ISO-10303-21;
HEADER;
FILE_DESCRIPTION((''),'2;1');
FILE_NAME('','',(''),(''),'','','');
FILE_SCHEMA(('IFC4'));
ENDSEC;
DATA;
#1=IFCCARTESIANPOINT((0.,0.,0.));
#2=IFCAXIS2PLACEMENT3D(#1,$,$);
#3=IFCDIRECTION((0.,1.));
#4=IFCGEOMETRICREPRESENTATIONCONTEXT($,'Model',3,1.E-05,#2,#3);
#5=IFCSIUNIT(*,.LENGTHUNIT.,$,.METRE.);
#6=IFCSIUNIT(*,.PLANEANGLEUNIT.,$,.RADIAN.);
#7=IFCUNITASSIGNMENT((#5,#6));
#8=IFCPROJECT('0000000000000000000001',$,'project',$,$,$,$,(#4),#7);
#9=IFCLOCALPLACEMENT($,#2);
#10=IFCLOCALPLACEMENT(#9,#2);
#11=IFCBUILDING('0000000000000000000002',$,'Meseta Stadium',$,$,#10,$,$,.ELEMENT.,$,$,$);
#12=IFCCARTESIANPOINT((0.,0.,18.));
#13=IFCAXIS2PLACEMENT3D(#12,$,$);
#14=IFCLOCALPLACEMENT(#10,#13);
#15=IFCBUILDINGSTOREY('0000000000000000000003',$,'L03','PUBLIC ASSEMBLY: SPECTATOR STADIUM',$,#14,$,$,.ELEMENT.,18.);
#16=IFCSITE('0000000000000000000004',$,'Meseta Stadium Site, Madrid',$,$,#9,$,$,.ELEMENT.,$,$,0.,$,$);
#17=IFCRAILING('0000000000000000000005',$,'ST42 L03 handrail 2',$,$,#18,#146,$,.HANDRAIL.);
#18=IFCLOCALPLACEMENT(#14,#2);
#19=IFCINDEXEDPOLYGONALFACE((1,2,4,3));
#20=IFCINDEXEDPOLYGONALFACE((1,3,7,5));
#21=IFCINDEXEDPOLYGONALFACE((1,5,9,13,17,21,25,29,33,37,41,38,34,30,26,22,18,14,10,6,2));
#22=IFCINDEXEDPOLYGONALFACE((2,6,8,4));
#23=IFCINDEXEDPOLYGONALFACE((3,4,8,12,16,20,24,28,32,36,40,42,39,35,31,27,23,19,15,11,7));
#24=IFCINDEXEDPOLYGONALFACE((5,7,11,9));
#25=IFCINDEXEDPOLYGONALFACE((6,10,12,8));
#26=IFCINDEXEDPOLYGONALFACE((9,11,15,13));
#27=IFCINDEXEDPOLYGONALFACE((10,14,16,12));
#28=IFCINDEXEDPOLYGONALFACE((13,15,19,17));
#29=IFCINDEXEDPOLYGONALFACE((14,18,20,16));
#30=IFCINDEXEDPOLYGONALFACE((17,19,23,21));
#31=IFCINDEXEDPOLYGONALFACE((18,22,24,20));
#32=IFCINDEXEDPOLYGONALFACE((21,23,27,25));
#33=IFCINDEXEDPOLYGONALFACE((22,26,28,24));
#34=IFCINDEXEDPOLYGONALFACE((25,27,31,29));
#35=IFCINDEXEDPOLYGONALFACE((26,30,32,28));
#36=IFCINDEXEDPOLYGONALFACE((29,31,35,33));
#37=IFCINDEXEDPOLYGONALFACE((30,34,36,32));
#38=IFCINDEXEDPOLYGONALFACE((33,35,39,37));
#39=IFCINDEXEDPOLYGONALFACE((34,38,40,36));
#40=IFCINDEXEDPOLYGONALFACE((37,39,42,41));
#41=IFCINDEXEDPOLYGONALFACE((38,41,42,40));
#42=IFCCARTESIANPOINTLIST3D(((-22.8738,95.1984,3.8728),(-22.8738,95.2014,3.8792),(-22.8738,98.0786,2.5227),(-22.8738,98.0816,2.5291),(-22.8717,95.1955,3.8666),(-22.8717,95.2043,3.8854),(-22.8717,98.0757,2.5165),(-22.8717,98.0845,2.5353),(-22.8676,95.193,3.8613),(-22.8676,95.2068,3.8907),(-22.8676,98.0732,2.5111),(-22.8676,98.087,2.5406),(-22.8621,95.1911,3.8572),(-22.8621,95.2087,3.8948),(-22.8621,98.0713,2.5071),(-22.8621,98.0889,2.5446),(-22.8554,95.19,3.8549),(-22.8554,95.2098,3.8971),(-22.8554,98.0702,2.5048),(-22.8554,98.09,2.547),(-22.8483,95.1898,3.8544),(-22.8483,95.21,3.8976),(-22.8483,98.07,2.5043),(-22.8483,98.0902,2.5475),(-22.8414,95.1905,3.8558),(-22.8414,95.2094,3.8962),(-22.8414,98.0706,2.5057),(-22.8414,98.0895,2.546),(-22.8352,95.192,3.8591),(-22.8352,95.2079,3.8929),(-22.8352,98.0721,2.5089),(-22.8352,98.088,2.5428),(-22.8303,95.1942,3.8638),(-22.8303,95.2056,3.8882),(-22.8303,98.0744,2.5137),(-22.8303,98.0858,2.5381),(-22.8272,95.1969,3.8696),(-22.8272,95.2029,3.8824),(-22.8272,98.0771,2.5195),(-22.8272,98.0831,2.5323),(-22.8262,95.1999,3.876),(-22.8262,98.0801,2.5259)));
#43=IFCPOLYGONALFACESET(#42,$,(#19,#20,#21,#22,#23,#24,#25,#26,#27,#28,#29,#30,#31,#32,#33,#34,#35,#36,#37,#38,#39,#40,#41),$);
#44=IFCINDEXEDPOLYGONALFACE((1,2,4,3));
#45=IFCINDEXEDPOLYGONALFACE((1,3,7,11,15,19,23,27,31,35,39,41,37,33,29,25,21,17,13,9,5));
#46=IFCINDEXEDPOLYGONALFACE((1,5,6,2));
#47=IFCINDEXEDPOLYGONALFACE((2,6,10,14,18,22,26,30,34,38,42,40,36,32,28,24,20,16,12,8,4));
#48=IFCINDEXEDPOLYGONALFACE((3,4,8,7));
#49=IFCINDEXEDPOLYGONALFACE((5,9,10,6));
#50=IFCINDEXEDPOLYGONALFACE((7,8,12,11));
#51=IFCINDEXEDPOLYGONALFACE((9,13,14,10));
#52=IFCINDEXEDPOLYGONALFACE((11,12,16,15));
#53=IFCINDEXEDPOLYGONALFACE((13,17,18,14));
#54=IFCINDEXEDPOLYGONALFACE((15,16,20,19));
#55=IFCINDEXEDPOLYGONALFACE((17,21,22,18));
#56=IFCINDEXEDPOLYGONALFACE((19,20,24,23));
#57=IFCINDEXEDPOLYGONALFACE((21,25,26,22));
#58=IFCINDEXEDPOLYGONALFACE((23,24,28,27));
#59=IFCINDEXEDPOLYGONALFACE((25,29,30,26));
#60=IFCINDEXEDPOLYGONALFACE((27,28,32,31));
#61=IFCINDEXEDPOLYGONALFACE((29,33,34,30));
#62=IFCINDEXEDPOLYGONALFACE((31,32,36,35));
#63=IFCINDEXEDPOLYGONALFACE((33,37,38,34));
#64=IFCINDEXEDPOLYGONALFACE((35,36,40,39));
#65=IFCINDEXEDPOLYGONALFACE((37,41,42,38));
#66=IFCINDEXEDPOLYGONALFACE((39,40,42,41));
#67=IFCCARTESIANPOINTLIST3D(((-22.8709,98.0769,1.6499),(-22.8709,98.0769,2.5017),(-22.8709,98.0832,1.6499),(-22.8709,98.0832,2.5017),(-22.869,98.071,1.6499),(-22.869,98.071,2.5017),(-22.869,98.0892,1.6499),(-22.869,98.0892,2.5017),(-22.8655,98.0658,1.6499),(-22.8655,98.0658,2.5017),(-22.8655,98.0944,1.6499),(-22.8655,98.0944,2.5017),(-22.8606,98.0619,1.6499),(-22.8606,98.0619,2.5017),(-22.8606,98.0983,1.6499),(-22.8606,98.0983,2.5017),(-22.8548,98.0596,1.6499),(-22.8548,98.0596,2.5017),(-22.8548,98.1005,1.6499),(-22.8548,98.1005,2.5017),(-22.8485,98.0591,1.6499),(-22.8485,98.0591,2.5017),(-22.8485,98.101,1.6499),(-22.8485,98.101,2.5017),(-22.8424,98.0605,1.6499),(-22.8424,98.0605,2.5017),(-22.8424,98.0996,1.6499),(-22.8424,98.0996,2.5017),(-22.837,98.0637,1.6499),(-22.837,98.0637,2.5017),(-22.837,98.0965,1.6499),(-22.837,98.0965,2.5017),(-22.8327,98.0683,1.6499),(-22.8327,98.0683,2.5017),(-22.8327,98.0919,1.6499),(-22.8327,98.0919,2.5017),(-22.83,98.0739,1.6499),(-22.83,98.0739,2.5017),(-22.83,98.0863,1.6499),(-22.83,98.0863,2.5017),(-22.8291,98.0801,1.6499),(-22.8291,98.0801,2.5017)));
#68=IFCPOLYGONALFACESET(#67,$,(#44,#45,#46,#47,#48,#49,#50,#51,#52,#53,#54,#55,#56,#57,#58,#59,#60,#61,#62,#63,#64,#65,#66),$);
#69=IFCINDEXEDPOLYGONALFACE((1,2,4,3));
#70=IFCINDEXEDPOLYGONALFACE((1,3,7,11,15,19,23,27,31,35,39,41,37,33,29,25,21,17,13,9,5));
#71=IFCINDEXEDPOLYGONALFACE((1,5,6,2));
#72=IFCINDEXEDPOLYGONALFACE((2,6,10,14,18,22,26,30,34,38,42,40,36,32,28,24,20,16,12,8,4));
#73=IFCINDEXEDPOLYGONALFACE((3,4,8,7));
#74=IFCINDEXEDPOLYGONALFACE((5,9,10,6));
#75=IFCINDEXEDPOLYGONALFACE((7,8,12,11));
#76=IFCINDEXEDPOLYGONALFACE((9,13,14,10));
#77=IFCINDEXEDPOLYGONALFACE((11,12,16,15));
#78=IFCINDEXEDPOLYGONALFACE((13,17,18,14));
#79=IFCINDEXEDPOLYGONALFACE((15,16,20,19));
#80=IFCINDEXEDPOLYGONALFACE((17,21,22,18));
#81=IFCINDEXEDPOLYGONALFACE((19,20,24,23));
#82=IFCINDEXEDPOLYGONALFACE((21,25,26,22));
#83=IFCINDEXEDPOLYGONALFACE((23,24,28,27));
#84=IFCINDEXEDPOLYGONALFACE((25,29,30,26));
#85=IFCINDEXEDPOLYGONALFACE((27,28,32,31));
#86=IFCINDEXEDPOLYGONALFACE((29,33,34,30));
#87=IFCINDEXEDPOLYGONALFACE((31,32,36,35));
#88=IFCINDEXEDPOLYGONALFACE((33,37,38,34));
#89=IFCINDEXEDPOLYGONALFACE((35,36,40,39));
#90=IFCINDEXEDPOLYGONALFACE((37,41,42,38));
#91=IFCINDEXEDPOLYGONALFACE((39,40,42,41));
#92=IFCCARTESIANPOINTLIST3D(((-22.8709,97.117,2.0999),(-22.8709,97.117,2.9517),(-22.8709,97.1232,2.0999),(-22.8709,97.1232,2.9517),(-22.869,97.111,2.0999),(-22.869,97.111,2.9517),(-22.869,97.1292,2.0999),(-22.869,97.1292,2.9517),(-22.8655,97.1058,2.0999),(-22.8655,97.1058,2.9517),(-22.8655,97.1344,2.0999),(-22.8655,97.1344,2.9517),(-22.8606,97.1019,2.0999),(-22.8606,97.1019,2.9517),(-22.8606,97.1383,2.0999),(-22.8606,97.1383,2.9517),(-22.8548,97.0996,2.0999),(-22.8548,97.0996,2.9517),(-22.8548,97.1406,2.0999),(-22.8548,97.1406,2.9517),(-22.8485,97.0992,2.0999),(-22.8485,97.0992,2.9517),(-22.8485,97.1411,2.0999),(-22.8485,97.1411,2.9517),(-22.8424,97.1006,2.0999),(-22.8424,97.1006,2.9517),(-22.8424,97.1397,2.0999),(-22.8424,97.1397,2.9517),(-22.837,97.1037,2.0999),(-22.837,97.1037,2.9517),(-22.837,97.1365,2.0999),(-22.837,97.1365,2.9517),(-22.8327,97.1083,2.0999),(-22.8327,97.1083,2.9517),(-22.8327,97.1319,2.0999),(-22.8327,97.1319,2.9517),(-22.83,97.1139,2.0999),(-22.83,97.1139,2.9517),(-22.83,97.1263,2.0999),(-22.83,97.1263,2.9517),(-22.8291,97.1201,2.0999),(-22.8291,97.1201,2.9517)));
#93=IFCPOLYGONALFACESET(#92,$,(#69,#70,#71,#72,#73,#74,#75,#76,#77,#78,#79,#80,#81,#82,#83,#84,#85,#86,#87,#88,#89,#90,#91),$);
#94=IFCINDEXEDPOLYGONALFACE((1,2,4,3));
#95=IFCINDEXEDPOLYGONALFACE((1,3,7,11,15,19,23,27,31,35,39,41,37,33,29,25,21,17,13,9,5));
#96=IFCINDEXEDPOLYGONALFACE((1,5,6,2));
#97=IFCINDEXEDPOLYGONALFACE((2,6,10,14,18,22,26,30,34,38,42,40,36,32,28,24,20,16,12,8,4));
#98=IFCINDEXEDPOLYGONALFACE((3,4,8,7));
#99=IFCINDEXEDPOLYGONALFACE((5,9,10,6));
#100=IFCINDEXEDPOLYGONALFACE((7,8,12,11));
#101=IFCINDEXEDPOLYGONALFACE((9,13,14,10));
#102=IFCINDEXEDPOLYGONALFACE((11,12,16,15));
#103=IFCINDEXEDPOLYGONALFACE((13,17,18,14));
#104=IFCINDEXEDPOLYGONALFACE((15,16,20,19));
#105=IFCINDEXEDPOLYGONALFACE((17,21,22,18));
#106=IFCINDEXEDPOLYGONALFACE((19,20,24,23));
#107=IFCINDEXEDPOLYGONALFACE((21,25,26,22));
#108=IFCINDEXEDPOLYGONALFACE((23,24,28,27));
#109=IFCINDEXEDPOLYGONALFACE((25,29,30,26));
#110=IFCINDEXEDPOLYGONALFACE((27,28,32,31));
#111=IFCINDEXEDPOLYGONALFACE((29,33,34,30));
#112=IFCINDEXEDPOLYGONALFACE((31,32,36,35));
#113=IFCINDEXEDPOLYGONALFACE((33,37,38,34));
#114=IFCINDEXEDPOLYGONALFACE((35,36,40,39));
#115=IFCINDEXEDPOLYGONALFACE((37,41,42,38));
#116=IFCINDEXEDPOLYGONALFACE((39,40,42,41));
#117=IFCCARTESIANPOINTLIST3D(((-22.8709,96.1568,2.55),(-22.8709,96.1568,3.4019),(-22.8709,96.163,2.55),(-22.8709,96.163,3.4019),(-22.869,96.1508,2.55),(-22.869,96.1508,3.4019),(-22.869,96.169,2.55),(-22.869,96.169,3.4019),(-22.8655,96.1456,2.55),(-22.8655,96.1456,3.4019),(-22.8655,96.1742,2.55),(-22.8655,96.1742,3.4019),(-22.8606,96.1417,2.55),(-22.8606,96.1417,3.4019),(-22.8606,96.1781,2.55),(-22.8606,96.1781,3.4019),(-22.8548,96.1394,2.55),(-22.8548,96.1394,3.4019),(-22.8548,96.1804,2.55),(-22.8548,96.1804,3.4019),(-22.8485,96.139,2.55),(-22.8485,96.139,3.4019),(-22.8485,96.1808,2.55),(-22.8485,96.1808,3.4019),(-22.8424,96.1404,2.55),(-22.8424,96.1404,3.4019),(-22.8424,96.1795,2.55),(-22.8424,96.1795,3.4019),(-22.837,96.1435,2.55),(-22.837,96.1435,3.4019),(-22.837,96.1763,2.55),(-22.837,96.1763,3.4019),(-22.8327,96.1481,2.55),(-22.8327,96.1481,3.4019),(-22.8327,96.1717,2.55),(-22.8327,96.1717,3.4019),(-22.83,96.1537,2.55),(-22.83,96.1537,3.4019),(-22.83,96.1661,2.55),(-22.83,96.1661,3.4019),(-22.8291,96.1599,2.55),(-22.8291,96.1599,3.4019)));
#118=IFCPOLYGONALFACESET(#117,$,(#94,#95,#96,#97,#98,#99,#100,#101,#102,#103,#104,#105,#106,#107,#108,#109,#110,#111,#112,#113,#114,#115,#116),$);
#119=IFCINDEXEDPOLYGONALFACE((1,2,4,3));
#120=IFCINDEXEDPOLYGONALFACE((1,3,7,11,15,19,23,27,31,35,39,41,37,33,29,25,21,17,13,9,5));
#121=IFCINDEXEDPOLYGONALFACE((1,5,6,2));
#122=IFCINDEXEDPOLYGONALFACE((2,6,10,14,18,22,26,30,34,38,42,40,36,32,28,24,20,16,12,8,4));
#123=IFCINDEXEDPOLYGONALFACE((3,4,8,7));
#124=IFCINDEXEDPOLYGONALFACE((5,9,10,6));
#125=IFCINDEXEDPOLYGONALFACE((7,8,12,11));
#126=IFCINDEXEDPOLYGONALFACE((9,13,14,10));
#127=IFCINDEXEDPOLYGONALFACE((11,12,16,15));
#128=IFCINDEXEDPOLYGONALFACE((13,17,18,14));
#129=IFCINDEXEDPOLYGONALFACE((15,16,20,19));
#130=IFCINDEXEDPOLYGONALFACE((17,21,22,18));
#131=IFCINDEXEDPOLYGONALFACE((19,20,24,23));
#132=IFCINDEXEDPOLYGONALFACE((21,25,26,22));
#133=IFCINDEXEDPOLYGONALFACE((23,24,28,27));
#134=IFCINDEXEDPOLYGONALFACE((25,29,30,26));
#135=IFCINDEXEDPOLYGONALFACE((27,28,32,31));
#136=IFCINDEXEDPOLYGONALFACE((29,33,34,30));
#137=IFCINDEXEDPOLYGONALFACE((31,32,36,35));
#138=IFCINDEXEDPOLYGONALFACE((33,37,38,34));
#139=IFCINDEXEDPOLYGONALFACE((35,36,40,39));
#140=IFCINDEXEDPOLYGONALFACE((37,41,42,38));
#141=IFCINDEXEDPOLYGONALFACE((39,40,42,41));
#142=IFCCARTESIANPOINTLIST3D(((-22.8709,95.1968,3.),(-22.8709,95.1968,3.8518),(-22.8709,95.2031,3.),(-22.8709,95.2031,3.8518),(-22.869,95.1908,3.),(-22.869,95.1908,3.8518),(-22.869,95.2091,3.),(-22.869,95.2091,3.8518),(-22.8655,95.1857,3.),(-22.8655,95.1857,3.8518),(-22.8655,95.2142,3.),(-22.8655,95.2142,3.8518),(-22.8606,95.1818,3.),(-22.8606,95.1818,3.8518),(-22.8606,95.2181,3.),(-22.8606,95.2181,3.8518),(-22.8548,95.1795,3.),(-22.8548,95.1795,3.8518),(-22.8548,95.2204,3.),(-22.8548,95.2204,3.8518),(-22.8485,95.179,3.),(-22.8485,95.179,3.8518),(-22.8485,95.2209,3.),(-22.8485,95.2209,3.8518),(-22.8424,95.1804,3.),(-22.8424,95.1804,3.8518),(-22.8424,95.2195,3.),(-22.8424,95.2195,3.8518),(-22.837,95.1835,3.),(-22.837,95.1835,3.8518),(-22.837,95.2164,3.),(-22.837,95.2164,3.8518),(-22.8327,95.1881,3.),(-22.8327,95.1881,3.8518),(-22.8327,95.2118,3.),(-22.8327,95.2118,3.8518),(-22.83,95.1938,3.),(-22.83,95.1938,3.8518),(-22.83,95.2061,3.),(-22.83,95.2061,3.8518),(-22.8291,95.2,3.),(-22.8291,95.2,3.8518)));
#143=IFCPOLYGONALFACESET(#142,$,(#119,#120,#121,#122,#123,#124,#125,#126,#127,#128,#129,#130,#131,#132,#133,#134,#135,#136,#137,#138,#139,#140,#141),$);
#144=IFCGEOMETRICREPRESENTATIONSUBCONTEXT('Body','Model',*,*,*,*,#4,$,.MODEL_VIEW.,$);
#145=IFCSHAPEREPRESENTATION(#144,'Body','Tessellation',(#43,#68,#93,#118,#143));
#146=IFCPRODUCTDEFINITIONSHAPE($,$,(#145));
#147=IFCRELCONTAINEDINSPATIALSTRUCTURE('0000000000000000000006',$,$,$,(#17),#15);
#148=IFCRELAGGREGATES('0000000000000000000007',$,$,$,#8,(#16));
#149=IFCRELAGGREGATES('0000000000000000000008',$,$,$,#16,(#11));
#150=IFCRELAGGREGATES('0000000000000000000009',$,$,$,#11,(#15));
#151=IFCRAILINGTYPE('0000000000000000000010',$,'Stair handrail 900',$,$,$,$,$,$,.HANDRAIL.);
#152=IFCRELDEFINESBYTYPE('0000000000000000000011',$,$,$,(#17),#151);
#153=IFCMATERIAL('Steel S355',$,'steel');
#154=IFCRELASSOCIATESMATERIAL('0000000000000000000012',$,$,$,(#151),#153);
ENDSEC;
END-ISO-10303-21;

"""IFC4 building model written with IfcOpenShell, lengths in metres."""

from ifc_helpers import new_model, si_unit, direction, frame, origin, origin_2d, place, context, subcontext, project, spatial, circle, extrude, material, type_object, element, save


model = new_model("IFC4")

# Units and contexts
model_context = context("Model", 3, precision=1e-05, world=origin(), true_north=direction((0.0, 1.0)))
body_context = subcontext(model_context, "Body", "Model", "MODEL_VIEW")
ifc_project = project(units=[si_unit("LENGTHUNIT", "METRE"), si_unit("PLANEANGLEUNIT", "RADIAN")], contexts=[model_context])

# Site, building, storey
site_placement = place(None, origin())
site = spatial("IfcSite", under=ifc_project, at=site_placement, Name="Meseta Stadium Site, Madrid", CompositionType="ELEMENT", RefElevation=0.0)
building_placement = place(site_placement, origin())
building = spatial("IfcBuilding", under=site, at=building_placement, Name="Meseta Stadium", CompositionType="ELEMENT")
storey_placement = place(building_placement, frame((0.0, 0.0, 18.0)))
storey = spatial("IfcBuildingStorey", under=building, at=storey_placement, Name="L03", Description="PUBLIC ASSEMBLY: SPECTATOR STADIUM", CompositionType="ELEMENT", Elevation=18.0)

# Railing
ifc_material_1 = material(Name="Steel S355", Category="steel")
railing_type_1 = type_object("IfcRailingType", Name="Stair handrail 900", PredefinedType="HANDRAIL", material=ifc_material_1)
for number, where, name in (
    (1, (-22.8501, 98.0801, 1.6499), "ST42 L03 handrail 2"),
):
    element("IfcRailing", number, at=place(storey_placement, frame(where)), inside=storey, type_object=railing_type_1, Name=name, PredefinedType="HANDRAIL", context=body_context, shape_type="SweptSolid", body=[
        extrude(circle(Radius=0.0239, at=origin_2d()), frame((0.0, 0.0, 0.876), z_axis=(0.0, -0.905454, 0.424444), x_axis=(1.0, 0.0, 0.0)), (0.0, 0.0, 1.0), 3.1809),
        extrude(circle(Radius=0.021, at=origin_2d()), origin(), (0.0, 0.0, 1.0), 0.8518),
        extrude(circle(Radius=0.021, at=origin_2d()), frame((0.0, -0.96, 0.45)), (0.0, 0.0, 1.0), 0.8518),
        extrude(circle(Radius=0.021, at=origin_2d()), frame((0.0, -1.9202, 0.9001)), (0.0, 0.0, 1.0), 0.8518),
        extrude(circle(Radius=0.021, at=origin_2d()), frame((0.0, -2.8801, 1.3501)), (0.0, 0.0, 1.0), 0.8518),
    ])

save(model, "model.ifc")
